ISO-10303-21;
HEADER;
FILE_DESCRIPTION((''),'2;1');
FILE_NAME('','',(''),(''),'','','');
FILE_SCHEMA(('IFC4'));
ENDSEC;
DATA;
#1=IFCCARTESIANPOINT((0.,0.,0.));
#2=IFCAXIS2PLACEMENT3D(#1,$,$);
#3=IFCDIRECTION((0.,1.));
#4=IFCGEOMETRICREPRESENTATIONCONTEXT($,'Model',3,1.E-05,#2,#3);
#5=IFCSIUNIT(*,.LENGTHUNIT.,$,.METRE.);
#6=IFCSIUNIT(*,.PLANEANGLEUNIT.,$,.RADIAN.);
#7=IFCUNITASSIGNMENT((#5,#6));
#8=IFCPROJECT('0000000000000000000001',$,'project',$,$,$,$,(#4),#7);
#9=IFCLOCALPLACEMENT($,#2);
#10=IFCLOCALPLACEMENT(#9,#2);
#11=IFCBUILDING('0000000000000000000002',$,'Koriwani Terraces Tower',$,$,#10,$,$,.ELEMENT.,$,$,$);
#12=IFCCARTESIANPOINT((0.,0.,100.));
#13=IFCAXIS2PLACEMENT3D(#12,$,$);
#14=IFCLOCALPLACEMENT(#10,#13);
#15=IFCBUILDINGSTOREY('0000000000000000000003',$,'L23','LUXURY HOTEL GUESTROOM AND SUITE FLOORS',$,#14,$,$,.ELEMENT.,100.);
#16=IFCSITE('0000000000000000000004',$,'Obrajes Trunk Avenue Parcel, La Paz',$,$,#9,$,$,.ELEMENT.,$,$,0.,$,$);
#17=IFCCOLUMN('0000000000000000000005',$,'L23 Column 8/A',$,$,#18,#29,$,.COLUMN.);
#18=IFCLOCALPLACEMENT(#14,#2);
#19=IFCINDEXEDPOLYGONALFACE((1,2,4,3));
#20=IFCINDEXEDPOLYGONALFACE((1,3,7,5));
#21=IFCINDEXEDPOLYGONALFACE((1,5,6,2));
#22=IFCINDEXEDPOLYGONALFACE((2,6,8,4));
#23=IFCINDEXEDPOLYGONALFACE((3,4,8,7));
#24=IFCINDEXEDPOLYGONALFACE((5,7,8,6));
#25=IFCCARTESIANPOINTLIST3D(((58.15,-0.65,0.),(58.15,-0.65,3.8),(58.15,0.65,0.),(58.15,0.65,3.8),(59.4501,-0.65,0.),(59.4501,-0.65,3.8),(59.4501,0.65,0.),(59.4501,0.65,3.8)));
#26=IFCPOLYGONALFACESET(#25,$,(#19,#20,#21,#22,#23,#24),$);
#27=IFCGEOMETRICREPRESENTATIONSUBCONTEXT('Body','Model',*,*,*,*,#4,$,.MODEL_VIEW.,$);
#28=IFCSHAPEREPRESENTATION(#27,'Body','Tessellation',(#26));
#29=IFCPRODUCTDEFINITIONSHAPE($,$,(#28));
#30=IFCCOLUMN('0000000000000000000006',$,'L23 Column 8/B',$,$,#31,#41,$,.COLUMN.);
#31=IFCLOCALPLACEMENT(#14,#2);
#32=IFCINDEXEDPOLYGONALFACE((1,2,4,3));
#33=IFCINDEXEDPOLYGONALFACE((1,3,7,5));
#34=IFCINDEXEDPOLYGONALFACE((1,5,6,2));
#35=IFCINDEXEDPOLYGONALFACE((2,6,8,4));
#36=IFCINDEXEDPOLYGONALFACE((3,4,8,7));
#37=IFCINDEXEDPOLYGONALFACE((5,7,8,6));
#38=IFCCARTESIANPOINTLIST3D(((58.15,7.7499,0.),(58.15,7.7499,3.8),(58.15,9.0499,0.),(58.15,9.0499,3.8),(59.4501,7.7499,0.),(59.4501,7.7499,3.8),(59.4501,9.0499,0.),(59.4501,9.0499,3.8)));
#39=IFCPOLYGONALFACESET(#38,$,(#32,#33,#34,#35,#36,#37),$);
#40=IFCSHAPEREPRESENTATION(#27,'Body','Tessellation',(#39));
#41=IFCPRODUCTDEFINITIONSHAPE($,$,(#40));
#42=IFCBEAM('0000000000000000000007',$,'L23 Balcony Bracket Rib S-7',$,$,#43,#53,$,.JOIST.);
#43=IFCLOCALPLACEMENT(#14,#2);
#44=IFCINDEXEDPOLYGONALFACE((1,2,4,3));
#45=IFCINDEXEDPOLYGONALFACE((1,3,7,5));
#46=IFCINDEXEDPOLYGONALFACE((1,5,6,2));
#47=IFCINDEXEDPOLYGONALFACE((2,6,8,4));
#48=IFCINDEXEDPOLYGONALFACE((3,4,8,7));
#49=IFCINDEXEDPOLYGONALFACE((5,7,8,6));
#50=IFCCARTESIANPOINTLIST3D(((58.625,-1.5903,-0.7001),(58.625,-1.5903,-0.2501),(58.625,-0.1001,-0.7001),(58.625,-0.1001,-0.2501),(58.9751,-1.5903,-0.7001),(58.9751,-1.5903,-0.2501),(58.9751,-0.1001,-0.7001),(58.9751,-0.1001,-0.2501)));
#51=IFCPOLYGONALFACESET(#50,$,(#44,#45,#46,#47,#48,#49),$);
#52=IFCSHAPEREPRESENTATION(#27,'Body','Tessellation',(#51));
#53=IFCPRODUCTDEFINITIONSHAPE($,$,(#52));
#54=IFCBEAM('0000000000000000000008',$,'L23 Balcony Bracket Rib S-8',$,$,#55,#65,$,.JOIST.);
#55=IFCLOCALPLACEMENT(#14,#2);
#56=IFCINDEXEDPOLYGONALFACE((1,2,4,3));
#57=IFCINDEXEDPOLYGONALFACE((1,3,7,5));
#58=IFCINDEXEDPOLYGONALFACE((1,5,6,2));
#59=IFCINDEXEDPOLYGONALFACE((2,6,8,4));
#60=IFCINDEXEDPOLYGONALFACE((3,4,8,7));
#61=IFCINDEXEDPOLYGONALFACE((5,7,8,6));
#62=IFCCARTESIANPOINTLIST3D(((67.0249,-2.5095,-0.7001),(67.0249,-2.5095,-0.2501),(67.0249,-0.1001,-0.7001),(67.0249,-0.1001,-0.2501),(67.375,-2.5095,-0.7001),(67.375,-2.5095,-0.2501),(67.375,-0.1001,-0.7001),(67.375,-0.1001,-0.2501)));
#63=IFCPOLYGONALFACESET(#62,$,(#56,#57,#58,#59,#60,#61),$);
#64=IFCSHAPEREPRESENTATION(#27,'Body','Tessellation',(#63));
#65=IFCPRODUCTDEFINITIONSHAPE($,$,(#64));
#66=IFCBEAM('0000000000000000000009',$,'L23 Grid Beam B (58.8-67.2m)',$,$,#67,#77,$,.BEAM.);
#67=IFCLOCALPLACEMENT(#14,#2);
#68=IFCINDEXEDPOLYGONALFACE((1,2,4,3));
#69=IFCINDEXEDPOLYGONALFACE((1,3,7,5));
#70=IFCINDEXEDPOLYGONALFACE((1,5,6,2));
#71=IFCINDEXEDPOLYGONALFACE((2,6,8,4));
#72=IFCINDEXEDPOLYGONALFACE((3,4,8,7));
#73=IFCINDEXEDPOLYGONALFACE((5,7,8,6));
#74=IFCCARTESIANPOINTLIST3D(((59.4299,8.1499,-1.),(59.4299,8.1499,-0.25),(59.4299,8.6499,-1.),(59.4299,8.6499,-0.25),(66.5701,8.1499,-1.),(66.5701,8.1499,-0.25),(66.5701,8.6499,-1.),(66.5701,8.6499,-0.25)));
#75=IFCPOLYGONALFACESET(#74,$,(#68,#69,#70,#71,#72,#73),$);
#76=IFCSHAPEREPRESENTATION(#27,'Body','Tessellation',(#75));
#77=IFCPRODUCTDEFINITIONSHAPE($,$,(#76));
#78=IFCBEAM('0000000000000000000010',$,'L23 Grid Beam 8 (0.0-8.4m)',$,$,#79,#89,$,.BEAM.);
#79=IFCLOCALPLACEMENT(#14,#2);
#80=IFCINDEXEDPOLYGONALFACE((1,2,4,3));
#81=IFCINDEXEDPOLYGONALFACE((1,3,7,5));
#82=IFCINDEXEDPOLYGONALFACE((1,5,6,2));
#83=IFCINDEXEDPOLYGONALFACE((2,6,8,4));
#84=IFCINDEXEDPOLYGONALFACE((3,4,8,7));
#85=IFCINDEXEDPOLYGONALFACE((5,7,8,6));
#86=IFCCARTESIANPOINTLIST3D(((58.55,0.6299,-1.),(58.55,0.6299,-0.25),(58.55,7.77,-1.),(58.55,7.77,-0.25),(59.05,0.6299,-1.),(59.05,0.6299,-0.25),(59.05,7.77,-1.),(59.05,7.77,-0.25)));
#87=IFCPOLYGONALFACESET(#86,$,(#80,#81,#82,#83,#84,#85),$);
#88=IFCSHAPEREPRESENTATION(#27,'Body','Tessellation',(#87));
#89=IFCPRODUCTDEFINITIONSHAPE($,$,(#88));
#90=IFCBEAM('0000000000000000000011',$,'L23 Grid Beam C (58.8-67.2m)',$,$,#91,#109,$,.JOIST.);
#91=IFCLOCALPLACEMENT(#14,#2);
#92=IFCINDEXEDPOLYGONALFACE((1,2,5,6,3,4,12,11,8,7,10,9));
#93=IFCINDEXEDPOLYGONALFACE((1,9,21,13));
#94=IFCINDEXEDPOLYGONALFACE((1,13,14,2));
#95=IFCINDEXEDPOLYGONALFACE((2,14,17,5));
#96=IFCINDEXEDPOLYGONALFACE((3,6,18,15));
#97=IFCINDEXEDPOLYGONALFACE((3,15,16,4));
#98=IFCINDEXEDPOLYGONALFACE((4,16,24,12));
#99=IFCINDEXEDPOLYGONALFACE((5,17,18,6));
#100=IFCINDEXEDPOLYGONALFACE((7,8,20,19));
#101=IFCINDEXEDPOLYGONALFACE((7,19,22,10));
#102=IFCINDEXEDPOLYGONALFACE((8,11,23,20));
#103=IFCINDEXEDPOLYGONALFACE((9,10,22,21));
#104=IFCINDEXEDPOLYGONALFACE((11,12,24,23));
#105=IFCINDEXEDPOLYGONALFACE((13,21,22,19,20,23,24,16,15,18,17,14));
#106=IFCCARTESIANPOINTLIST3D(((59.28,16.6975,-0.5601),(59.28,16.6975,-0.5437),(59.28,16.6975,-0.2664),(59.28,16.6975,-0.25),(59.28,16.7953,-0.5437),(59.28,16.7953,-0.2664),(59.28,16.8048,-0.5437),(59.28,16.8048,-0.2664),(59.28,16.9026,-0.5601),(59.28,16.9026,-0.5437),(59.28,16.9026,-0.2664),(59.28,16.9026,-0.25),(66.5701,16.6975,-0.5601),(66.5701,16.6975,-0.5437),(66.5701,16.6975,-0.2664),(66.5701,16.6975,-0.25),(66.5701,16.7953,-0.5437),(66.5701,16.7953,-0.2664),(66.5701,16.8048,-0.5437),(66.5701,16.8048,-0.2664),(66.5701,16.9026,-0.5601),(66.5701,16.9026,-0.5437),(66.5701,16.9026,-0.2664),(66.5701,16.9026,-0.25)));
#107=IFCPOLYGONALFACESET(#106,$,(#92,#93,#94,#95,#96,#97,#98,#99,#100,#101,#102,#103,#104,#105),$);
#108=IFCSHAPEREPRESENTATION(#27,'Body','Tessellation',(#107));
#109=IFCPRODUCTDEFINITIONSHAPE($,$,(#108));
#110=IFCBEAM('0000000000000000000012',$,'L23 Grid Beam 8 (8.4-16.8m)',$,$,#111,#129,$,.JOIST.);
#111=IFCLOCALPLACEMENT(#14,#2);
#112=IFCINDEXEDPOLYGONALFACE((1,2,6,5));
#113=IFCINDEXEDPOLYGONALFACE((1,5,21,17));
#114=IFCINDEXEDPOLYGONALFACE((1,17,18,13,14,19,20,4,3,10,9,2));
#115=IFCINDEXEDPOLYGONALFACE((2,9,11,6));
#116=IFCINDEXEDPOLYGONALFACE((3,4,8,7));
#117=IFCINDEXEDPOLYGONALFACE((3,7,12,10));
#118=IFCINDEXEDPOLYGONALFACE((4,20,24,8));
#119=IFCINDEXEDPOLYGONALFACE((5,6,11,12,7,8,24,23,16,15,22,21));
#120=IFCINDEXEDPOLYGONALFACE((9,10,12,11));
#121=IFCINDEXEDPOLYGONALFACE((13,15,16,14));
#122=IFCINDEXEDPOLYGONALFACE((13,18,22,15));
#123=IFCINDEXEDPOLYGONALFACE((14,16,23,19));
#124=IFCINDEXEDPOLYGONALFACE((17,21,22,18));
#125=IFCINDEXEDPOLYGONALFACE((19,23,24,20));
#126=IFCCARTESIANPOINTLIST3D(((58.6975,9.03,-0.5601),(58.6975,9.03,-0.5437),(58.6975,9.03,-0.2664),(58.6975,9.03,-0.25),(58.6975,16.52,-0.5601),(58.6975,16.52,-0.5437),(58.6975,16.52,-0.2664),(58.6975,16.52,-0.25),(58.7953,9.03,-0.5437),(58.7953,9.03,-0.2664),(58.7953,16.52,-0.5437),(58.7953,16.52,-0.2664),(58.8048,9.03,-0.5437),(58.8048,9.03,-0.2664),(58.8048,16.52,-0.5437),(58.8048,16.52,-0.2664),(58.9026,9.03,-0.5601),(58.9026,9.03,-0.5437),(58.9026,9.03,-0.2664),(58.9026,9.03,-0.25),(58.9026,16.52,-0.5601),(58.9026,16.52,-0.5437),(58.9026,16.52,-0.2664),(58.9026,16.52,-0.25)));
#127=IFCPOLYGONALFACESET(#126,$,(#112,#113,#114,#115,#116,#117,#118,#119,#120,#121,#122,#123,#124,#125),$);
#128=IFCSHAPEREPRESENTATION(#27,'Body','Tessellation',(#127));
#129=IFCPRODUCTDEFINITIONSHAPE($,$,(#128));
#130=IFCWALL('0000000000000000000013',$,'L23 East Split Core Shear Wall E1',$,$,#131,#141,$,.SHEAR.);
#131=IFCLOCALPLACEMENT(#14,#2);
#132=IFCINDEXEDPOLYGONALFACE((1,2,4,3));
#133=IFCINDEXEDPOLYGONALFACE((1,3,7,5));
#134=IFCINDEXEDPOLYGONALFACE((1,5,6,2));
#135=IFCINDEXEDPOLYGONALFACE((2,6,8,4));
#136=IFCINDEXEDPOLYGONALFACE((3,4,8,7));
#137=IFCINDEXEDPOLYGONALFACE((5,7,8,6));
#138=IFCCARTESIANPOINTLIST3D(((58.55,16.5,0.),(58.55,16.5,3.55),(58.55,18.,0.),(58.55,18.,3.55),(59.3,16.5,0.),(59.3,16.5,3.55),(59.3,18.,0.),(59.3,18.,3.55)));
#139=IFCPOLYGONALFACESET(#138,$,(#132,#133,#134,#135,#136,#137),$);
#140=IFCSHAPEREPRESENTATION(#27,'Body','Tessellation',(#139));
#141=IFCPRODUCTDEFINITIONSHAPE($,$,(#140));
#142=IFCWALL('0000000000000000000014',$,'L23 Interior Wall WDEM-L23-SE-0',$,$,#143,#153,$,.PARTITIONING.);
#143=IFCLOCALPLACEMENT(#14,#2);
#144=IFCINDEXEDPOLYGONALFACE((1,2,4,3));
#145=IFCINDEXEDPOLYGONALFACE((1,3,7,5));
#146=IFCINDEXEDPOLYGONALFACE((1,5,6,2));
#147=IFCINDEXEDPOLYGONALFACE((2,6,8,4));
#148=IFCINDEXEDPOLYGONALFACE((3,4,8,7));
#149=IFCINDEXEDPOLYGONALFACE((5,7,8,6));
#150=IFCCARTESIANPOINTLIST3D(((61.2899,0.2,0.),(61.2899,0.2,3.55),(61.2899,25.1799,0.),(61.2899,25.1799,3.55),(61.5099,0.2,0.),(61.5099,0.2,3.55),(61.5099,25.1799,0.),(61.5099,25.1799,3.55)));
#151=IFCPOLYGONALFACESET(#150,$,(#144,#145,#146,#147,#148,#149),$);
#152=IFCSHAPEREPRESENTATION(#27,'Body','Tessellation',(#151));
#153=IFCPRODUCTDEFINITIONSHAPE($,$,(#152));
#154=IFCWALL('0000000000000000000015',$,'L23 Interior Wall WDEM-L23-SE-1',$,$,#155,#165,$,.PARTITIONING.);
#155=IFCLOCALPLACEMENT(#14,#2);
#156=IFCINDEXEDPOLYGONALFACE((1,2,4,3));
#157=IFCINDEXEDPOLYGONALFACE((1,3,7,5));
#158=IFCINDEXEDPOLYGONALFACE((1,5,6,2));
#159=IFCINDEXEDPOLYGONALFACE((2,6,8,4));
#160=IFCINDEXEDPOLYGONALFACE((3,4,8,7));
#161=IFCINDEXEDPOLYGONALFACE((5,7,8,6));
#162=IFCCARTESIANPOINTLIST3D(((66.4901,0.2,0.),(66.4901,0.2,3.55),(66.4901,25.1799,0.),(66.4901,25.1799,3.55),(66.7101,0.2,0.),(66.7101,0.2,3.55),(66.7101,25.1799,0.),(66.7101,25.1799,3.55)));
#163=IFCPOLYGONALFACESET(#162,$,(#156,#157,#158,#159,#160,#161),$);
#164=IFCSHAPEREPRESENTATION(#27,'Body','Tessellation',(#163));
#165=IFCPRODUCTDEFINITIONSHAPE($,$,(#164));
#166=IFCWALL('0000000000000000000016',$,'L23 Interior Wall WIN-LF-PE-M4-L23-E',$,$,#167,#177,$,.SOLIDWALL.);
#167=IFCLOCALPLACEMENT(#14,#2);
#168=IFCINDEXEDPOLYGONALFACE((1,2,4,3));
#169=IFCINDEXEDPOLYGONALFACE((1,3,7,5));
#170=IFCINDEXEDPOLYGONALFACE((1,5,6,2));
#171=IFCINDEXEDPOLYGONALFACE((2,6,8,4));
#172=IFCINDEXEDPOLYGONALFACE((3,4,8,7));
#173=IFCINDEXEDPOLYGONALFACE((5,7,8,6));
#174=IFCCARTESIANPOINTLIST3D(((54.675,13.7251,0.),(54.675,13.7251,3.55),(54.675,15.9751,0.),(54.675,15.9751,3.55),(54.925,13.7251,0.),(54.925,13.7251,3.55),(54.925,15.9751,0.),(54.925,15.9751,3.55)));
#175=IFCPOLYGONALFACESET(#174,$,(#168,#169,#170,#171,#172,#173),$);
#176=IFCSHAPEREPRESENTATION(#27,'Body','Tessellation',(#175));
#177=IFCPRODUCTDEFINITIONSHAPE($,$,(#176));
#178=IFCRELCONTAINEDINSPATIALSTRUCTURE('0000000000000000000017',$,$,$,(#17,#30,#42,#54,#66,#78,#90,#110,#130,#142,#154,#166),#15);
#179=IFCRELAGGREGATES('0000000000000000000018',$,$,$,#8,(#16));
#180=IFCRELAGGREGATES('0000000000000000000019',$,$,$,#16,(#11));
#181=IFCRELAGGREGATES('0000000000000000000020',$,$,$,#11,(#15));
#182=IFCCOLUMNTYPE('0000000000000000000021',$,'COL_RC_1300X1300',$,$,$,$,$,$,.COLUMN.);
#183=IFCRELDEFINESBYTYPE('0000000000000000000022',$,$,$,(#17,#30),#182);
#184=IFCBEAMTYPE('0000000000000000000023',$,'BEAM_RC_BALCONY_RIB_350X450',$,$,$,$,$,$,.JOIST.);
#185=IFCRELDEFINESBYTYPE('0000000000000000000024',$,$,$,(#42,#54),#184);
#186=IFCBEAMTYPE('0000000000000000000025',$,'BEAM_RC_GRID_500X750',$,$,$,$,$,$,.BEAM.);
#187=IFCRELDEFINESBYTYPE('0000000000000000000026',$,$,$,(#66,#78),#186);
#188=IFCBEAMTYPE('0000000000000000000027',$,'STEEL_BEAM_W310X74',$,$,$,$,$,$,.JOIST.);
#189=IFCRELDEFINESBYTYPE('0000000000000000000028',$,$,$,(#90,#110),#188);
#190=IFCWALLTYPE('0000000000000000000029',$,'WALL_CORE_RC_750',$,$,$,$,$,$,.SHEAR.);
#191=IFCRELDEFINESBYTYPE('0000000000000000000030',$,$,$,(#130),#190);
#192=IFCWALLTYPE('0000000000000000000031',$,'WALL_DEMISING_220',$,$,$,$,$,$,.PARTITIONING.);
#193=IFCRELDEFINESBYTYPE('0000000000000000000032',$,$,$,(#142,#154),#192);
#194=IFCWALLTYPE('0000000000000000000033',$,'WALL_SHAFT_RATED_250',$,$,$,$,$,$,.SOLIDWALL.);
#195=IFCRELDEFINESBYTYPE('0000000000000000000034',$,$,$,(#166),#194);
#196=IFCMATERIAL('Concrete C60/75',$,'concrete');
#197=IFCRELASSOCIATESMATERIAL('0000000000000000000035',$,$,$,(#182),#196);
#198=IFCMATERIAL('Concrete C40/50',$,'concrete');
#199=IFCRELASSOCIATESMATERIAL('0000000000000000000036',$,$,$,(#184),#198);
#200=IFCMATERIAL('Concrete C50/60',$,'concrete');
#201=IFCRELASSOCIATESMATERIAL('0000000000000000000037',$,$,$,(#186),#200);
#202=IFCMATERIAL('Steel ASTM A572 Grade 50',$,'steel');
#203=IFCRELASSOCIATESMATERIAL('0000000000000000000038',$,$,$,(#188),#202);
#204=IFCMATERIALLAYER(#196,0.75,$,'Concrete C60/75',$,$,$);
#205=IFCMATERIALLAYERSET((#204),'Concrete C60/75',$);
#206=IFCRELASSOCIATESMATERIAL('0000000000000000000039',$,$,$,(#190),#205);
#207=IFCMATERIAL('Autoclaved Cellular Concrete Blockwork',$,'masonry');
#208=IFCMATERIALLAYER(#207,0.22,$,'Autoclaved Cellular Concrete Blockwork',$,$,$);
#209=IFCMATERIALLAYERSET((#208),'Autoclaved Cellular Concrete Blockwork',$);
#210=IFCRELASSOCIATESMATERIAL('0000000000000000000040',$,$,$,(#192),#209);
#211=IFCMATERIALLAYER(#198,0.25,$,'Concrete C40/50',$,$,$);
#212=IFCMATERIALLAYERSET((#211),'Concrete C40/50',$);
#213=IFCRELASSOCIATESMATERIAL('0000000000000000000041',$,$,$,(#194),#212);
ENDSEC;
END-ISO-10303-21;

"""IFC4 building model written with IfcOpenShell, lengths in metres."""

from ifc_helpers import new_model, si_unit, direction, frame, frame_2d, origin, origin_2d, place, context, subcontext, project, spatial, rectangle, i_section, extrude, material, layer, layer_set, material_profile, profile_set, type_object, element, save


model = new_model("IFC4")

# Units and contexts
model_context = context("Model", 3, precision=1e-05, world=origin(), true_north=direction((0.0, 1.0)))
body_context = subcontext(model_context, "Body", "Model", "MODEL_VIEW")
ifc_project = project(units=[si_unit("LENGTHUNIT", "METRE"), si_unit("PLANEANGLEUNIT", "RADIAN")], contexts=[model_context])

# Site, building, storey
site_placement = place(None, origin())
site = spatial("IfcSite", under=ifc_project, at=site_placement, Name="Obrajes Trunk Avenue Parcel, La Paz", CompositionType="ELEMENT", RefElevation=0.0)
building_placement = place(site_placement, origin())
building = spatial("IfcBuilding", under=site, at=building_placement, Name="Koriwani Terraces Tower", CompositionType="ELEMENT")
storey_placement = place(building_placement, frame((0.0, 0.0, 100.0)))
storey = spatial("IfcBuildingStorey", under=building, at=storey_placement, Name="L23", Description="LUXURY HOTEL GUESTROOM AND SUITE FLOORS", CompositionType="ELEMENT", Elevation=100.0)

# Columns
ifc_material_1 = material(Name="Concrete C60/75", Category="concrete")
ifc_material_profile_1 = material_profile(ifc_material_1, rectangle(XDim=1.3, YDim=1.3, at=origin_2d()), Name="Concrete C60/75", Category="LoadBearing")
ifc_profile_set_1 = profile_set([ifc_material_profile_1], Name="Concrete C60/75")
column_type = type_object("IfcColumnType", Name="COL_RC_1300X1300", PredefinedType="COLUMN", material=ifc_profile_set_1)
for number, where, z_axis, x_axis, name in (
    (1, (58.8, 0.0, 0.0), (0.0, 0.0, 1.0), (1.0, 0.0, 0.0), "L23 Column 8/A"),
    (2, (58.8, 8.3999, 0.0), (0.0, 0.0, 1.0), (1.0, 0.0, 0.0), "L23 Column 8/B"),
):
    element("IfcColumn", number, at=place(storey_placement, frame(where, z_axis=z_axis, x_axis=x_axis)), inside=storey, type_object=column_type, Name=name, PredefinedType="COLUMN", context=body_context, shape_type="SweptSolid", body=[
        extrude(rectangle(XDim=1.3, YDim=1.3, at=origin_2d()), origin(), (0.0, 0.0, 1.0), 3.8),
    ])

# Beams
ifc_material_2 = material(Name="Concrete C40/50", Category="concrete")
ifc_material_profile_2 = material_profile(ifc_material_2, rectangle(XDim=0.3501, YDim=0.45, at=origin_2d()), Name="Concrete C40/50", Category="LoadBearing")
ifc_profile_set_2 = profile_set([ifc_material_profile_2], Name="Concrete C40/50")
beam_type_1 = type_object("IfcBeamType", Name="BEAM_RC_BALCONY_RIB_350X450", PredefinedType="JOIST", material=ifc_profile_set_2)
beam_1_placement = place(storey_placement, frame((58.8, -1.5903, -0.4751), z_axis=(0.0, 1.0, 0.0), x_axis=(-1.0, 0.0, 0.0)))
element("IfcBeam", 3, at=beam_1_placement, inside=storey, type_object=beam_type_1, Name="L23 Balcony Bracket Rib S-7", PredefinedType="JOIST", context=body_context, shape_type="SweptSolid", body=[
    extrude(rectangle(XDim=0.3501, YDim=0.45, at=origin_2d()), origin(), (0.0, 0.0, 1.0), 1.4902),
])
beam_2_placement = place(storey_placement, frame((67.2, -2.5095, -0.4751), z_axis=(0.0, 1.0, 0.0), x_axis=(-1.0, 0.0, 0.0)))
element("IfcBeam", 4, at=beam_2_placement, inside=storey, type_object=beam_type_1, Name="L23 Balcony Bracket Rib S-8", PredefinedType="JOIST", context=body_context, shape_type="SweptSolid", body=[
    extrude(rectangle(XDim=0.3501, YDim=0.45, at=origin_2d()), origin(), (0.0, 0.0, 1.0), 2.4094),
])
ifc_material_3 = material(Name="Concrete C50/60", Category="concrete")
ifc_material_profile_3 = material_profile(ifc_material_3, rectangle(XDim=0.5, YDim=0.75, at=origin_2d()), Name="Concrete C50/60", Category="LoadBearing")
ifc_profile_set_3 = profile_set([ifc_material_profile_3], Name="Concrete C50/60")
beam_type_2 = type_object("IfcBeamType", Name="BEAM_RC_GRID_500X750", PredefinedType="BEAM", material=ifc_profile_set_3)
for number, where, z_axis, x_axis, name in (
    (5, (59.4299, 8.3999, -0.625), (1.0, 0.0, 0.0), (0.0, 1.0, 0.0), "L23 Grid Beam B (58.8-67.2m)"),
    (6, (58.8, 0.6299, -0.625), (0.0, 1.0, 0.0), (-1.0, 0.0, 0.0), "L23 Grid Beam 8 (0.0-8.4m)"),
):
    element("IfcBeam", number, at=place(storey_placement, frame(where, z_axis=z_axis, x_axis=x_axis)), inside=storey, type_object=beam_type_2, Name=name, PredefinedType="BEAM", context=body_context, shape_type="SweptSolid", body=[
        extrude(rectangle(XDim=0.5, YDim=0.75, at=origin_2d()), origin(), (0.0, 0.0, 1.0), 7.1401),
    ])
ifc_material_4 = material(Name="Steel ASTM A572 Grade 50", Category="steel")
ifc_material_profile_4 = material_profile(ifc_material_4, i_section(OverallWidth=0.2051, OverallDepth=0.3101, WebThickness=0.0095, FlangeThickness=0.0164, at=origin_2d()), Name="Steel ASTM A572 Grade 50", Category="LoadBearing")
ifc_profile_set_4 = profile_set([ifc_material_profile_4], Name="Steel ASTM A572 Grade 50")
beam_type_3 = type_object("IfcBeamType", Name="STEEL_BEAM_W310X74", PredefinedType="JOIST", material=ifc_profile_set_4)
beam_3_placement = place(storey_placement, frame((59.28, 16.8, -0.405), z_axis=(1.0, 0.0, 0.0), x_axis=(0.0, 1.0, 0.0)))
element("IfcBeam", 7, at=beam_3_placement, inside=storey, type_object=beam_type_3, Name="L23 Grid Beam C (58.8-67.2m)", PredefinedType="JOIST", context=body_context, shape_type="SweptSolid", body=[
    extrude(i_section(OverallWidth=0.2051, OverallDepth=0.3101, WebThickness=0.0095, FlangeThickness=0.0164, at=origin_2d()), origin(), (0.0, 0.0, 1.0), 7.29),
])
beam_4_placement = place(storey_placement, frame((58.8, 9.03, -0.405), z_axis=(0.0, 1.0, 0.0), x_axis=(-1.0, 0.0, 0.0)))
element("IfcBeam", 8, at=beam_4_placement, inside=storey, type_object=beam_type_3, Name="L23 Grid Beam 8 (8.4-16.8m)", PredefinedType="JOIST", context=body_context, shape_type="SweptSolid", body=[
    extrude(i_section(OverallWidth=0.2051, OverallDepth=0.3101, WebThickness=0.0095, FlangeThickness=0.0164, at=origin_2d()), origin(), (0.0, 0.0, 1.0), 7.49),
])

# Walls
ifc_layer_1 = layer(ifc_material_1, 0.75, Name="Concrete C60/75")
ifc_layer_set_1 = layer_set([ifc_layer_1], Name="Concrete C60/75")
wall_type_1 = type_object("IfcWallType", Name="WALL_CORE_RC_750", PredefinedType="SHEAR", material=ifc_layer_set_1)
wall_1_placement = place(storey_placement, frame((58.925, 16.5, 0.0), z_axis=(0.0, 0.0, 1.0), x_axis=(0.0, 1.0, 0.0)))
element("IfcWall", 9, at=wall_1_placement, inside=storey, type_object=wall_type_1, Name="L23 East Split Core Shear Wall E1", PredefinedType="SHEAR", context=body_context, shape_type="SweptSolid", body=[
    extrude(rectangle(XDim=1.5, YDim=0.75, at=frame_2d((0.75, 0.0))), origin(), (0.0, 0.0, 1.0), 3.55),
])
ifc_material_5 = material(Name="Autoclaved Cellular Concrete Blockwork", Category="masonry")
ifc_layer_2 = layer(ifc_material_5, 0.22, Name="Autoclaved Cellular Concrete Blockwork")
ifc_layer_set_2 = layer_set([ifc_layer_2], Name="Autoclaved Cellular Concrete Blockwork")
wall_type_2 = type_object("IfcWallType", Name="WALL_DEMISING_220", PredefinedType="PARTITIONING", material=ifc_layer_set_2)
for number, where, z_axis, x_axis, name in (
    (10, (61.3999, 0.2, 0.0), (0.0, 0.0, 1.0), (0.0, 1.0, 0.0), "L23 Interior Wall WDEM-L23-SE-0"),
    (11, (66.6001, 0.2, 0.0), (0.0, 0.0, 1.0), (0.0, 1.0, 0.0), "L23 Interior Wall WDEM-L23-SE-1"),
):
    element("IfcWall", number, at=place(storey_placement, frame(where, z_axis=z_axis, x_axis=x_axis)), inside=storey, type_object=wall_type_2, Name=name, PredefinedType="PARTITIONING", context=body_context, shape_type="SweptSolid", body=[
        extrude(rectangle(XDim=24.98, YDim=0.22, at=frame_2d((12.49, 0.0))), origin(), (0.0, 0.0, 1.0), 3.55),
    ])
ifc_layer_3 = layer(ifc_material_2, 0.25, Name="Concrete C40/50")
ifc_layer_set_3 = layer_set([ifc_layer_3], Name="Concrete C40/50")
wall_type_3 = type_object("IfcWallType", Name="WALL_SHAFT_RATED_250", PredefinedType="SOLIDWALL", material=ifc_layer_set_3)
wall_2_placement = place(storey_placement, frame((54.8, 13.7251, 0.0), z_axis=(0.0, 0.0, 1.0), x_axis=(0.0, 1.0, 0.0)))
element("IfcWall", 12, at=wall_2_placement, inside=storey, type_object=wall_type_3, Name="L23 Interior Wall WIN-LF-PE-M4-L23-E", PredefinedType="SOLIDWALL", context=body_context, shape_type="SweptSolid", body=[
    extrude(rectangle(XDim=2.25, YDim=0.25, at=frame_2d((1.125, 0.0))), origin(), (0.0, 0.0, 1.0), 3.55),
])

save(model, "model.ifc")
